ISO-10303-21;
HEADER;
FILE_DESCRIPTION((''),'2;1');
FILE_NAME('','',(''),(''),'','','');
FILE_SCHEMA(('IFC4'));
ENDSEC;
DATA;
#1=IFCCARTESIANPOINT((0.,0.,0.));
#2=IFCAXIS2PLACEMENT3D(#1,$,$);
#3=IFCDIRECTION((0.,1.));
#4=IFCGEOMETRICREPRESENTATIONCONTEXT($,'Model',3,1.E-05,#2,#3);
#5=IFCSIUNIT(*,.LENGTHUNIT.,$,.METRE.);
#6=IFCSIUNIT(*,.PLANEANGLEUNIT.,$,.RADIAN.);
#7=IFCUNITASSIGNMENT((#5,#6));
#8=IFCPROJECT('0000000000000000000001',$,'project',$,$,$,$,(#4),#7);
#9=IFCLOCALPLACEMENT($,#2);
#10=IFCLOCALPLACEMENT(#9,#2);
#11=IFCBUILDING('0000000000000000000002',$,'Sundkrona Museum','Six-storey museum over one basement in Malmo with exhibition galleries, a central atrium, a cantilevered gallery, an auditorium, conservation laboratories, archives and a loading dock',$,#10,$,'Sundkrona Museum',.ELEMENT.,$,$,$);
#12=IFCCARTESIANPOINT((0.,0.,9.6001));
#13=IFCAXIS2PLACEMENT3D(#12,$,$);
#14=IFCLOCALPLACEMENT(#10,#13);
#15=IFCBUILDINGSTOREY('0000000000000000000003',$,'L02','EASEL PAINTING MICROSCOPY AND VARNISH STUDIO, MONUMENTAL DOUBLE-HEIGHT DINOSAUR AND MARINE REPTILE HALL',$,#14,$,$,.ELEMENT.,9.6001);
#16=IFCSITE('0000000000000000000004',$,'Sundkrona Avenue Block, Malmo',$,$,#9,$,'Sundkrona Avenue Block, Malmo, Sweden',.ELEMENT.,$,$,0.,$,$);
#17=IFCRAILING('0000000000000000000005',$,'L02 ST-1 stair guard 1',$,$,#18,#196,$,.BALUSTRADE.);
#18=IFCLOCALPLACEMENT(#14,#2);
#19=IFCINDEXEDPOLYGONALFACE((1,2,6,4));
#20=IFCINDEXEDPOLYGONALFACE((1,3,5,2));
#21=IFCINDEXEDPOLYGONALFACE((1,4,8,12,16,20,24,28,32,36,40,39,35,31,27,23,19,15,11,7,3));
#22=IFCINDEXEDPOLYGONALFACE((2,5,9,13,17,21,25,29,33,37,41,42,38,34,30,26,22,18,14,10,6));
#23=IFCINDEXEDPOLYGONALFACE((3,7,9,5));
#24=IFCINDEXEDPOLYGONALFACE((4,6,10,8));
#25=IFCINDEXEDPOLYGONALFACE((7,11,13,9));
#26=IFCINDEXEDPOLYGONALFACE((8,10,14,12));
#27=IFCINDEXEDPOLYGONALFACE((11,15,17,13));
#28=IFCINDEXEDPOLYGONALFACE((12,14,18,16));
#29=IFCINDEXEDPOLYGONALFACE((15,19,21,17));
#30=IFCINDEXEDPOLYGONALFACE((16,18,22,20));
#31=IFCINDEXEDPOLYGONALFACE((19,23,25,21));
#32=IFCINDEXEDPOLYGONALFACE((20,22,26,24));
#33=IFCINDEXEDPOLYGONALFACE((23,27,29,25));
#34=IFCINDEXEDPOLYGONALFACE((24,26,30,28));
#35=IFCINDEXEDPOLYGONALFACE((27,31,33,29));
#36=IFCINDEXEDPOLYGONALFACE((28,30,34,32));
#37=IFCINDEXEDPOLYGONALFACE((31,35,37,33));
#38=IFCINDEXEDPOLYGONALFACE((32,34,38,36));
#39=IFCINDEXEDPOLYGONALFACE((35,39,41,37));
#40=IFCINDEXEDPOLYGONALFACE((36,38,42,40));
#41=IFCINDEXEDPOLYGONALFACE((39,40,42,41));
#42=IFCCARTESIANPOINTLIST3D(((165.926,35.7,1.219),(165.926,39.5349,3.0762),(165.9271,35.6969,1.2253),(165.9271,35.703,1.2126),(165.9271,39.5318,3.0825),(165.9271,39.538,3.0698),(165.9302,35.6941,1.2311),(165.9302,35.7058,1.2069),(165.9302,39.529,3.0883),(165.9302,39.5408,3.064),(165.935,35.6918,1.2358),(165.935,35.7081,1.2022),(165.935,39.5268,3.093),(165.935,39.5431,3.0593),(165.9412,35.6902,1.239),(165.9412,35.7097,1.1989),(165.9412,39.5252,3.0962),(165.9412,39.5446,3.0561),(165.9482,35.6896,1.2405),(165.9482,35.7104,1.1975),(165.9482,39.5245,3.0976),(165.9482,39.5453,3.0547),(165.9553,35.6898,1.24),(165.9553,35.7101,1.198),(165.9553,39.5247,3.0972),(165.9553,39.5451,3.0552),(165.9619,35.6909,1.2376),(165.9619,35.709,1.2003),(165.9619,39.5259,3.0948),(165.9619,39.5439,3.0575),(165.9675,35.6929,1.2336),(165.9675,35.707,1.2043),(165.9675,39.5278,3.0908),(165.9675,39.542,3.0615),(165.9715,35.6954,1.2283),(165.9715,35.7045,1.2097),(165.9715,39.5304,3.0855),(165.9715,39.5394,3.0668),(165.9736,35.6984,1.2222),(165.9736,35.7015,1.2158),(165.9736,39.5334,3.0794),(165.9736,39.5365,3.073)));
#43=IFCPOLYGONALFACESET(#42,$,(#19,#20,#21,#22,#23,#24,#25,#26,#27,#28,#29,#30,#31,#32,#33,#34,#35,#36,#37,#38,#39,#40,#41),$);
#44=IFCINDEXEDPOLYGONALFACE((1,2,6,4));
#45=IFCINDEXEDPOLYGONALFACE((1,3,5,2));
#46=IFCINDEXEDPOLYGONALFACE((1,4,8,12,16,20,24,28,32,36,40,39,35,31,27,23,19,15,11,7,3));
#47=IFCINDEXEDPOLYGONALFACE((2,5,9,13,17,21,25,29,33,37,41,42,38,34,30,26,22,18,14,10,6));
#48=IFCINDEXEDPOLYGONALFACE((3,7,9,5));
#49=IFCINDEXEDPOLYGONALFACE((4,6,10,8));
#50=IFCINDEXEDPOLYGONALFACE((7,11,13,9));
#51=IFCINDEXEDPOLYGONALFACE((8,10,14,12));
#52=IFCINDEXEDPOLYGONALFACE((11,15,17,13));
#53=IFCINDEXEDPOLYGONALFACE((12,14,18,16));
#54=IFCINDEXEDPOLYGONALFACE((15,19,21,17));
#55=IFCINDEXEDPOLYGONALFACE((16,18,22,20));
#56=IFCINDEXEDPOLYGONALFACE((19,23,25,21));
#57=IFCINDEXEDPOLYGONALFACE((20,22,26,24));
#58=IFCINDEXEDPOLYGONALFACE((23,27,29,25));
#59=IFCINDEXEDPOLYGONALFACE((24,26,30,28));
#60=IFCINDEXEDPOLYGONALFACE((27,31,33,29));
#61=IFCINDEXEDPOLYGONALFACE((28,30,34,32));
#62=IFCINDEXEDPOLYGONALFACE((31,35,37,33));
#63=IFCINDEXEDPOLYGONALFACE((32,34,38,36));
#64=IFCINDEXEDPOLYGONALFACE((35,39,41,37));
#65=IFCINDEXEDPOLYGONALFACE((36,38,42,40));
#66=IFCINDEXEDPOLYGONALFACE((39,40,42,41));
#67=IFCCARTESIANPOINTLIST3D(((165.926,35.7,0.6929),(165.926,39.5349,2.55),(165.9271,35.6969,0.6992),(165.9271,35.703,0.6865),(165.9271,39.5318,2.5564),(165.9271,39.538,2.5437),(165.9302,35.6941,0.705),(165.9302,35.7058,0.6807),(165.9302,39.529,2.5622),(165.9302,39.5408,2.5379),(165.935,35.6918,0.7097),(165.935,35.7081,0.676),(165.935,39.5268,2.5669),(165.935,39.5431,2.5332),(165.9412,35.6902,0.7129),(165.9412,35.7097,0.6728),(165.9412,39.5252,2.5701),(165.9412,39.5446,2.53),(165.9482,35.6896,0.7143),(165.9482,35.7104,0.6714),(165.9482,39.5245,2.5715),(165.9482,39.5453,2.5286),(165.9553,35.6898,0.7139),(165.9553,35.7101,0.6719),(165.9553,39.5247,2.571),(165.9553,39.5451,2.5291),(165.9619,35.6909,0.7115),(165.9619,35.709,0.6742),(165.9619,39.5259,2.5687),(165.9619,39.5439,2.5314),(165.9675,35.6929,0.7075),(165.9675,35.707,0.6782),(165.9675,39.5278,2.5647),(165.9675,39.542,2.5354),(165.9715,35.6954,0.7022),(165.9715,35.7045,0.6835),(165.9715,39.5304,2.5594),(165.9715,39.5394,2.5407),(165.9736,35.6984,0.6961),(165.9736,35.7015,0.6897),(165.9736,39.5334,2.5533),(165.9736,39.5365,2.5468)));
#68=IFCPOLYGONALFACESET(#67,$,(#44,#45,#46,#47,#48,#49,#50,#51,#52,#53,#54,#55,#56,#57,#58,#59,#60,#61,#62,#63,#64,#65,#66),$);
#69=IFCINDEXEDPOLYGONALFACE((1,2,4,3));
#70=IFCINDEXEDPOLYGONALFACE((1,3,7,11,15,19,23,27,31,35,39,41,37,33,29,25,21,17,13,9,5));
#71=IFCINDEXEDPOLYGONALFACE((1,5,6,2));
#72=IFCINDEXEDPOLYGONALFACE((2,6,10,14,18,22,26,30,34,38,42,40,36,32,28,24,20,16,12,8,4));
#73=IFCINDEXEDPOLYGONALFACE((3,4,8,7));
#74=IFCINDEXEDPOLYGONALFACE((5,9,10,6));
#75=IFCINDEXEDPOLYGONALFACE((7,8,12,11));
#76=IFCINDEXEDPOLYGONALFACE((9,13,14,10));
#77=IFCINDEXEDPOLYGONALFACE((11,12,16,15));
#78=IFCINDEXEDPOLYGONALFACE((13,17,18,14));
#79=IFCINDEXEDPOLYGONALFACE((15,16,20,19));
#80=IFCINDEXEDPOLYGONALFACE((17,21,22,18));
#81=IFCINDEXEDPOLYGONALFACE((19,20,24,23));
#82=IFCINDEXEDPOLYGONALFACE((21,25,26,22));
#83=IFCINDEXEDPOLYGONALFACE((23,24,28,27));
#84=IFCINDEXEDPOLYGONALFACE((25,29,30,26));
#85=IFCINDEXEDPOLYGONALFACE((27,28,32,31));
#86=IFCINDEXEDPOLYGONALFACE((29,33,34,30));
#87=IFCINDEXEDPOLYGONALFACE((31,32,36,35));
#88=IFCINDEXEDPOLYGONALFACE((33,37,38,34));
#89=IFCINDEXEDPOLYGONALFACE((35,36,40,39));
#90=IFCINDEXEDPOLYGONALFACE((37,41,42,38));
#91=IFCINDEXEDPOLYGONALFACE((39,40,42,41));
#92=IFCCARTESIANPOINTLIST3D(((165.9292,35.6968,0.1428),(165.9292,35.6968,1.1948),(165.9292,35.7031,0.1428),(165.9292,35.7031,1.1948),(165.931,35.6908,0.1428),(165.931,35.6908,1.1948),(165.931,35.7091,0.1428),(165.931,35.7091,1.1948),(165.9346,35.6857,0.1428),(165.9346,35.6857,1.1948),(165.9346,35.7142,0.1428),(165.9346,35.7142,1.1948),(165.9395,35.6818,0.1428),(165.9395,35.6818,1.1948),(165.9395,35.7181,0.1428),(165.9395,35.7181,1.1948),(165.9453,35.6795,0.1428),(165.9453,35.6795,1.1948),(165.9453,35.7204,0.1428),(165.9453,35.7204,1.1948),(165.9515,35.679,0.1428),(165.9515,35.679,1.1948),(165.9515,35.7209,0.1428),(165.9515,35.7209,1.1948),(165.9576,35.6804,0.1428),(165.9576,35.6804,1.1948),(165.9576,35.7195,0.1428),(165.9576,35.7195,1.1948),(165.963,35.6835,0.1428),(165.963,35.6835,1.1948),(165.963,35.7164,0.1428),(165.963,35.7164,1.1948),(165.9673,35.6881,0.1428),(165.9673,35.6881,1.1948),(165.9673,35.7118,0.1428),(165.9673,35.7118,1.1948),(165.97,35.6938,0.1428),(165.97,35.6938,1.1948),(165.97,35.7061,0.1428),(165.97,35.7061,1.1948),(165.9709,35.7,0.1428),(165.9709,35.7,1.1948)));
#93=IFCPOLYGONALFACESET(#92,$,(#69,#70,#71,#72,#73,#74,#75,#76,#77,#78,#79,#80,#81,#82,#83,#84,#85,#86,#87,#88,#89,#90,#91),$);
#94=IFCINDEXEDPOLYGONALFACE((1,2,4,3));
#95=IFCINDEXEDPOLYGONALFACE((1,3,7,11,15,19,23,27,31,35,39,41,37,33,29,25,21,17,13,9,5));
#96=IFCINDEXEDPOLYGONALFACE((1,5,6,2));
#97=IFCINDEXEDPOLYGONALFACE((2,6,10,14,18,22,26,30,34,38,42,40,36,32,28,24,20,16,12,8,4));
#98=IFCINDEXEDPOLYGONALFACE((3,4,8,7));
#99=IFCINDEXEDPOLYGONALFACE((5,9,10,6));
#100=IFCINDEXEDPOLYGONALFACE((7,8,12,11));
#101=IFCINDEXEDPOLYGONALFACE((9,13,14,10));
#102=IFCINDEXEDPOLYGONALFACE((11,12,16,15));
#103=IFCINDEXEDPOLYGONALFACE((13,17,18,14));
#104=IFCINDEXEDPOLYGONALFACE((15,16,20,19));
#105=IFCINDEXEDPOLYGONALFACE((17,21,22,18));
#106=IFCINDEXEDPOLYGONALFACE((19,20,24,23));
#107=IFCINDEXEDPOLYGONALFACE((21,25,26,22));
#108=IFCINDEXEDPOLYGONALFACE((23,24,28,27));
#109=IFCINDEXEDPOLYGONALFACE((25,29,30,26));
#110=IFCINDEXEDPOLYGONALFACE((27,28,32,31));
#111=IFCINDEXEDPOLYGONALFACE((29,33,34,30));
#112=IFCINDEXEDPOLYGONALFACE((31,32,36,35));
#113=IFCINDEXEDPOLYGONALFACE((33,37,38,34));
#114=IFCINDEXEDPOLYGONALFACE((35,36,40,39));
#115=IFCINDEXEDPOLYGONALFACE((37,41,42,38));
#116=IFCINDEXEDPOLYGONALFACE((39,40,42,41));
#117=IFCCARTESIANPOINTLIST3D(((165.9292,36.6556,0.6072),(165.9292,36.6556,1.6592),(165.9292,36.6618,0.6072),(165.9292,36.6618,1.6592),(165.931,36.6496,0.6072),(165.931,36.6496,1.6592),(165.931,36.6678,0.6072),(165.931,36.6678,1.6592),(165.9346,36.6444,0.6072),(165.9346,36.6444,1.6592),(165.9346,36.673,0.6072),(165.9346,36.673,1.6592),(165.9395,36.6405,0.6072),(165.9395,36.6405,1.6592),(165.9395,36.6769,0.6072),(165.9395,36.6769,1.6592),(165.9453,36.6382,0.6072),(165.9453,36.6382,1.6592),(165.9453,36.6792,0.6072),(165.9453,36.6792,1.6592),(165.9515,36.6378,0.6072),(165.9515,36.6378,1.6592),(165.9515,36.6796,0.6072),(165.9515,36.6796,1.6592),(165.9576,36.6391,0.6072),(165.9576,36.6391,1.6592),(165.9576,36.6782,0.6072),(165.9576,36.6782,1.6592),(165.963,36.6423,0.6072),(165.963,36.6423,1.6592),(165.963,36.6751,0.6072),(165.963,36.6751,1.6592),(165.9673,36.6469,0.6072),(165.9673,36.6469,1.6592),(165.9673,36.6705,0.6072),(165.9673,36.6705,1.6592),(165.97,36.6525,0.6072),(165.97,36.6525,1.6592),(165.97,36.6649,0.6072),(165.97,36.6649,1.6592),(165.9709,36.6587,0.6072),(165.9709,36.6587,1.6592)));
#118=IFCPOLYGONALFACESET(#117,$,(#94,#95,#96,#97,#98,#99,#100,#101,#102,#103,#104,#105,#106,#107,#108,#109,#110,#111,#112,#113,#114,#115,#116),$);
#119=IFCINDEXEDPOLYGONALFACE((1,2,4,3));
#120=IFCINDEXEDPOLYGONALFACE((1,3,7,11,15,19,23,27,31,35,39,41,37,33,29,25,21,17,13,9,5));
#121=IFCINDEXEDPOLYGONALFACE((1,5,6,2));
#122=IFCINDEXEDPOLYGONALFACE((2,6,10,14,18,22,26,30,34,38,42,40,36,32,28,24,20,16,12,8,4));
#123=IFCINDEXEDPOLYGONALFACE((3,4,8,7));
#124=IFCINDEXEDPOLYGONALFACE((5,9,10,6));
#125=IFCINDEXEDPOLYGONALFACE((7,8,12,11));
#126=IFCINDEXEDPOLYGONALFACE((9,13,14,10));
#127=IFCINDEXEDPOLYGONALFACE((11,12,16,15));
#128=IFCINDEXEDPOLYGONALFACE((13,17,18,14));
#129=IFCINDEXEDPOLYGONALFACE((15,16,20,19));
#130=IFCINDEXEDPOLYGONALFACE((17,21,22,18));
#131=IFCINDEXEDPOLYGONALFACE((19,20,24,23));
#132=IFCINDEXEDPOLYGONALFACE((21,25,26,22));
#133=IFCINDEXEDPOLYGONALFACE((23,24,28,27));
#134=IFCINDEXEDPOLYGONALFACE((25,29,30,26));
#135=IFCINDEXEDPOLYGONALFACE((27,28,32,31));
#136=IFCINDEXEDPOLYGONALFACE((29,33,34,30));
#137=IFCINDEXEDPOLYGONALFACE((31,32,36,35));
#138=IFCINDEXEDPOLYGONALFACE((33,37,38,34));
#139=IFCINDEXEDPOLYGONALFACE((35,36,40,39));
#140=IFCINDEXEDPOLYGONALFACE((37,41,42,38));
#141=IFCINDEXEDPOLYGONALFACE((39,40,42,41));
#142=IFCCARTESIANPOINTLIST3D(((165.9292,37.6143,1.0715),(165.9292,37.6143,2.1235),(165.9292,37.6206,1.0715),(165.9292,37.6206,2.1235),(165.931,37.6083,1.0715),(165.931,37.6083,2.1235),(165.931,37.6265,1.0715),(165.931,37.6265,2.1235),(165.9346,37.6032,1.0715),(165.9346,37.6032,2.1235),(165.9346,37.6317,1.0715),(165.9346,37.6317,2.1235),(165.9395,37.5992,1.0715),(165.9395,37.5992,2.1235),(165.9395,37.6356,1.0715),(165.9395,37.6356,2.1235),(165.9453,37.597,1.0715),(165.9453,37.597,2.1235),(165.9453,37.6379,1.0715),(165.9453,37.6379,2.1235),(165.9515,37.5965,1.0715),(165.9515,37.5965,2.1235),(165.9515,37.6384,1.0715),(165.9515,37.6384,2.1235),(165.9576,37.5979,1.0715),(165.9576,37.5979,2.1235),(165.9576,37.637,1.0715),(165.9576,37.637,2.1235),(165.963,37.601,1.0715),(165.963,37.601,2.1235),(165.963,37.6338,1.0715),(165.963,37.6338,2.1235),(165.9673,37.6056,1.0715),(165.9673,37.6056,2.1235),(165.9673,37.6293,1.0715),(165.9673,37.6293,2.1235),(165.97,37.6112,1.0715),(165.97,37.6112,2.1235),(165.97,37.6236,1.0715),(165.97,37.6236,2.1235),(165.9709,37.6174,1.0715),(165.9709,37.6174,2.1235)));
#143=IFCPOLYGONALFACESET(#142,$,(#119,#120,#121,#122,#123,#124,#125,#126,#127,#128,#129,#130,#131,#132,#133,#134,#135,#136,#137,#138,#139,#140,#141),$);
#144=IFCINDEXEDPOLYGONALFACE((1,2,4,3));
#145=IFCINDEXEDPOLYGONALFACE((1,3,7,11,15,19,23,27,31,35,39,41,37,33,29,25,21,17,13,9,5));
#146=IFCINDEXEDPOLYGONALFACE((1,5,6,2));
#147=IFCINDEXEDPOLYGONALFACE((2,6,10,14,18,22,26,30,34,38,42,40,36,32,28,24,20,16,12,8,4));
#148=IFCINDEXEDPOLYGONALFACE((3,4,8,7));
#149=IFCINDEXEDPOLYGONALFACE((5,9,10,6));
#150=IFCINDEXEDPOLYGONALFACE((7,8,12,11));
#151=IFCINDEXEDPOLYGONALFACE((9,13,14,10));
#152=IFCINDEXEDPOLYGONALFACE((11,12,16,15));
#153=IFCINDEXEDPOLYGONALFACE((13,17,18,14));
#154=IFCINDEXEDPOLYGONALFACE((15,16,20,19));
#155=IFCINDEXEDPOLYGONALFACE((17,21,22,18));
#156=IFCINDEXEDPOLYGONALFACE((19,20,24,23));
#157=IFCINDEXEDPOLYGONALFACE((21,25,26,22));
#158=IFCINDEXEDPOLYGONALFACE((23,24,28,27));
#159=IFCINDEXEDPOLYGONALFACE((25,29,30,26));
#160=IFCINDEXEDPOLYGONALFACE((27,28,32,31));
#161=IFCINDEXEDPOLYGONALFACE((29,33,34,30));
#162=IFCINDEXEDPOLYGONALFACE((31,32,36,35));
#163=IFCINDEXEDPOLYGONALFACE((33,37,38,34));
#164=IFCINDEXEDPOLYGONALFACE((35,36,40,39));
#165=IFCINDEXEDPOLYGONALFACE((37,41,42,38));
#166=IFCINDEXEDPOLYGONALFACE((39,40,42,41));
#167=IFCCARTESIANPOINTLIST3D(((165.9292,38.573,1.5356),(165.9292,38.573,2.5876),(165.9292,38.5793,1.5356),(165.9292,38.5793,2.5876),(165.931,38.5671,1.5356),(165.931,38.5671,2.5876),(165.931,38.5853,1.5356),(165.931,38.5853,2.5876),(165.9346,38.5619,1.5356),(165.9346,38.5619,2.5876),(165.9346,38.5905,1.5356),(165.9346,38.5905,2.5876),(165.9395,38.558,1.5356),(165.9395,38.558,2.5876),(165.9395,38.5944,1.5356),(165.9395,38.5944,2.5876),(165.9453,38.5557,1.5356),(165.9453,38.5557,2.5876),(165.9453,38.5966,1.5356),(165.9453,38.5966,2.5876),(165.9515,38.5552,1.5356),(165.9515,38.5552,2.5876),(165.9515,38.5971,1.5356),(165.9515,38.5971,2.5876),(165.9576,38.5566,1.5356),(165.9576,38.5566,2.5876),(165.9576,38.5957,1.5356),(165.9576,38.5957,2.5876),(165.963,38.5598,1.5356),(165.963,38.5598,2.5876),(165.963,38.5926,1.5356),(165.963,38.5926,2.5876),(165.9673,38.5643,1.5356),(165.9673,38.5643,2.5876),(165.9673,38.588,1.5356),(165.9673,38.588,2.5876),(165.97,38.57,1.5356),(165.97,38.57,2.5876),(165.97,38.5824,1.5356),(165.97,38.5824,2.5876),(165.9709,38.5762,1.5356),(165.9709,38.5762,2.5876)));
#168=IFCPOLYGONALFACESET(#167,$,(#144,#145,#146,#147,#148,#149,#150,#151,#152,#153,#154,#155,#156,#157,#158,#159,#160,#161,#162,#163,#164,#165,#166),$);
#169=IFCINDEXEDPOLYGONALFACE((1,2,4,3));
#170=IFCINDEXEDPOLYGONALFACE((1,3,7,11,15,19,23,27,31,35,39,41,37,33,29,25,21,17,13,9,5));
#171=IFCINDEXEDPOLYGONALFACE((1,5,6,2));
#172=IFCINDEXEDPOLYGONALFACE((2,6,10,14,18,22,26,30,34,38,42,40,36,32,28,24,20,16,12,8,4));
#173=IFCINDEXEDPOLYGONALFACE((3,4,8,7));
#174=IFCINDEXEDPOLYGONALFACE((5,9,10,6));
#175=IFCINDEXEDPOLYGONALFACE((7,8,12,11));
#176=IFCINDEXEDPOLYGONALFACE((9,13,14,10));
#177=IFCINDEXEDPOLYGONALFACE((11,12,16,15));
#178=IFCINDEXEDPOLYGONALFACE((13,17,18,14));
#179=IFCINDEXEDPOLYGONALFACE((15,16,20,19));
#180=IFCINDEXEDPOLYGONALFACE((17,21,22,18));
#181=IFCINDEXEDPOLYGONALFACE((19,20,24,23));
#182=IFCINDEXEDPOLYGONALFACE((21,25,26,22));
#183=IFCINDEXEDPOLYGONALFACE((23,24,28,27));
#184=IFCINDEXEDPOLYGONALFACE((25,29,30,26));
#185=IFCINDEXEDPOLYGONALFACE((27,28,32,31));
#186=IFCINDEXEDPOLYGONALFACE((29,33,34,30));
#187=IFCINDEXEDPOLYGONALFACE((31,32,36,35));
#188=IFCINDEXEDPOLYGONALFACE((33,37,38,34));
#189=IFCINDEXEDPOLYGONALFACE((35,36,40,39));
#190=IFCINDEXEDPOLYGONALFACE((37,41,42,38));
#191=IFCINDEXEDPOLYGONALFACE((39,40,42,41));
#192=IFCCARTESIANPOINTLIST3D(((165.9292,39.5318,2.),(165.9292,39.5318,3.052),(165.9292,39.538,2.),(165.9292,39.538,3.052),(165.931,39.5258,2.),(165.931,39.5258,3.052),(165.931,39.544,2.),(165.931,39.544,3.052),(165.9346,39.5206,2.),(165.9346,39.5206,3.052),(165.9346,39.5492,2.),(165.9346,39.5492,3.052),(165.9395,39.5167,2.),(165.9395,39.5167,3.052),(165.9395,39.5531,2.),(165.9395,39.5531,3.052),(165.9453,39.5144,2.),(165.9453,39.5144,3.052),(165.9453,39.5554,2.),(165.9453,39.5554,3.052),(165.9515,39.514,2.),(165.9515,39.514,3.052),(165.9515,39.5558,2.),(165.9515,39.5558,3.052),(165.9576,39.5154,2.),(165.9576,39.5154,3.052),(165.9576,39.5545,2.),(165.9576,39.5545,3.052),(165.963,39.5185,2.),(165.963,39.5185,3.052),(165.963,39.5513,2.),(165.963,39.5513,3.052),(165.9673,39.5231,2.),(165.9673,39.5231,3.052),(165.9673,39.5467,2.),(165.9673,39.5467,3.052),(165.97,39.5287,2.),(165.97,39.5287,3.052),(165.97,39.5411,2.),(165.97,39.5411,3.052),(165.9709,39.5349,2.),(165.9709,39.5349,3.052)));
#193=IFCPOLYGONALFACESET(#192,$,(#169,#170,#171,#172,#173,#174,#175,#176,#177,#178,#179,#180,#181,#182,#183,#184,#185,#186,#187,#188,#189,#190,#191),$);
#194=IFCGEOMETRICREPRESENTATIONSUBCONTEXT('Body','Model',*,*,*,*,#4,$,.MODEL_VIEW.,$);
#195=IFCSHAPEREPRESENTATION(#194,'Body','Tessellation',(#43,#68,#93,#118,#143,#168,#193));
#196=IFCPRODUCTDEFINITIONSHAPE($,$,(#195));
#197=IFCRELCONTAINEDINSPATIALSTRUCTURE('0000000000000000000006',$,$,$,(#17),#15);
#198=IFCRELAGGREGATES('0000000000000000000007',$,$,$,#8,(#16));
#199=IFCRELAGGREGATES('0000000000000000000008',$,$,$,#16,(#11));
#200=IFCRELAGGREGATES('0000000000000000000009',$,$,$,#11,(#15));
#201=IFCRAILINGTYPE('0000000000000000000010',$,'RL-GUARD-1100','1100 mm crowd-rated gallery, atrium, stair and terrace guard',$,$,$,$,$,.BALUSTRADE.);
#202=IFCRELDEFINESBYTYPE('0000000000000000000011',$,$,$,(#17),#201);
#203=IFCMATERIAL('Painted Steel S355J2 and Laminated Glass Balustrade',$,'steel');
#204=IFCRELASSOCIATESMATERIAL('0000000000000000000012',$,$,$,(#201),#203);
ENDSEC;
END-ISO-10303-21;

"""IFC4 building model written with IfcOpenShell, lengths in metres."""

from ifc_helpers import new_model, si_unit, direction, frame, origin, origin_2d, place, context, subcontext, project, spatial, circle, extrude, material, type_object, element, save


model = new_model("IFC4")

# Units and contexts
model_context = context("Model", 3, precision=1e-05, world=origin(), true_north=direction((0.0, 1.0)))
body_context = subcontext(model_context, "Body", "Model", "MODEL_VIEW")
ifc_project = project(units=[si_unit("LENGTHUNIT", "METRE"), si_unit("PLANEANGLEUNIT", "RADIAN")], contexts=[model_context])

# Site, building, storey
site_placement = place(None, origin())
site = spatial("IfcSite", under=ifc_project, at=site_placement, Name="Sundkrona Avenue Block, Malmo", LongName="Sundkrona Avenue Block, Malmo, Sweden", CompositionType="ELEMENT", RefElevation=0.0)
building_placement = place(site_placement, origin())
building = spatial("IfcBuilding", under=site, at=building_placement, Name="Sundkrona Museum", Description="Six-storey museum over one basement in Malmo with exhibition galleries, a central atrium, a cantilevered gallery, an auditorium, conservation laboratories, archives and a loading dock", LongName="Sundkrona Museum", CompositionType="ELEMENT")
storey_placement = place(building_placement, frame((0.0, 0.0, 9.6001)))
storey = spatial("IfcBuildingStorey", under=building, at=storey_placement, Name="L02", Description="EASEL PAINTING MICROSCOPY AND VARNISH STUDIO, MONUMENTAL DOUBLE-HEIGHT DINOSAUR AND MARINE REPTILE HALL", CompositionType="ELEMENT", Elevation=9.6001)

# Railing
ifc_material_1 = material(Name="Painted Steel S355J2 and Laminated Glass Balustrade", Category="steel")
railing_type_1 = type_object("IfcRailingType", Name="RL-GUARD-1100", Description="1100 mm crowd-rated gallery, atrium, stair and terrace guard", PredefinedType="BALUSTRADE", material=ifc_material_1)
railing_1_placement = place(storey_placement, frame((165.95, 35.7, 0.1428)))
element("IfcRailing", 1, at=railing_1_placement, inside=storey, type_object=railing_type_1, Name="L02 ST-1 stair guard 1", PredefinedType="BALUSTRADE", context=body_context, shape_type="SweptSolid", body=[
    extrude(circle(Radius=0.0239, at=origin_2d()), frame((0.0, 0.0, 1.0762), z_axis=(0.0, 0.900016, 0.435856), x_axis=(-1.0, 0.0, 0.0)), (0.0, 0.0, 1.0), 4.261),
    extrude(circle(Radius=0.0239, at=origin_2d()), frame((0.0, 0.0, 0.55), z_axis=(0.0, 0.900016, 0.435856), x_axis=(-1.0, 0.0, 0.0)), (0.0, 0.0, 1.0), 4.261),
    extrude(circle(Radius=0.021, at=origin_2d()), origin(), (0.0, 0.0, 1.0), 1.052),
    extrude(circle(Radius=0.021, at=origin_2d()), frame((0.0, 0.9587, 0.4644)), (0.0, 0.0, 1.0), 1.052),
    extrude(circle(Radius=0.021, at=origin_2d()), frame((0.0, 1.9175, 0.9287)), (0.0, 0.0, 1.0), 1.052),
    extrude(circle(Radius=0.021, at=origin_2d()), frame((0.0, 2.8762, 1.3928)), (0.0, 0.0, 1.0), 1.052),
    extrude(circle(Radius=0.021, at=origin_2d()), frame((0.0, 3.835, 1.8572)), (0.0, 0.0, 1.0), 1.052),
])

save(model, "model.ifc")
